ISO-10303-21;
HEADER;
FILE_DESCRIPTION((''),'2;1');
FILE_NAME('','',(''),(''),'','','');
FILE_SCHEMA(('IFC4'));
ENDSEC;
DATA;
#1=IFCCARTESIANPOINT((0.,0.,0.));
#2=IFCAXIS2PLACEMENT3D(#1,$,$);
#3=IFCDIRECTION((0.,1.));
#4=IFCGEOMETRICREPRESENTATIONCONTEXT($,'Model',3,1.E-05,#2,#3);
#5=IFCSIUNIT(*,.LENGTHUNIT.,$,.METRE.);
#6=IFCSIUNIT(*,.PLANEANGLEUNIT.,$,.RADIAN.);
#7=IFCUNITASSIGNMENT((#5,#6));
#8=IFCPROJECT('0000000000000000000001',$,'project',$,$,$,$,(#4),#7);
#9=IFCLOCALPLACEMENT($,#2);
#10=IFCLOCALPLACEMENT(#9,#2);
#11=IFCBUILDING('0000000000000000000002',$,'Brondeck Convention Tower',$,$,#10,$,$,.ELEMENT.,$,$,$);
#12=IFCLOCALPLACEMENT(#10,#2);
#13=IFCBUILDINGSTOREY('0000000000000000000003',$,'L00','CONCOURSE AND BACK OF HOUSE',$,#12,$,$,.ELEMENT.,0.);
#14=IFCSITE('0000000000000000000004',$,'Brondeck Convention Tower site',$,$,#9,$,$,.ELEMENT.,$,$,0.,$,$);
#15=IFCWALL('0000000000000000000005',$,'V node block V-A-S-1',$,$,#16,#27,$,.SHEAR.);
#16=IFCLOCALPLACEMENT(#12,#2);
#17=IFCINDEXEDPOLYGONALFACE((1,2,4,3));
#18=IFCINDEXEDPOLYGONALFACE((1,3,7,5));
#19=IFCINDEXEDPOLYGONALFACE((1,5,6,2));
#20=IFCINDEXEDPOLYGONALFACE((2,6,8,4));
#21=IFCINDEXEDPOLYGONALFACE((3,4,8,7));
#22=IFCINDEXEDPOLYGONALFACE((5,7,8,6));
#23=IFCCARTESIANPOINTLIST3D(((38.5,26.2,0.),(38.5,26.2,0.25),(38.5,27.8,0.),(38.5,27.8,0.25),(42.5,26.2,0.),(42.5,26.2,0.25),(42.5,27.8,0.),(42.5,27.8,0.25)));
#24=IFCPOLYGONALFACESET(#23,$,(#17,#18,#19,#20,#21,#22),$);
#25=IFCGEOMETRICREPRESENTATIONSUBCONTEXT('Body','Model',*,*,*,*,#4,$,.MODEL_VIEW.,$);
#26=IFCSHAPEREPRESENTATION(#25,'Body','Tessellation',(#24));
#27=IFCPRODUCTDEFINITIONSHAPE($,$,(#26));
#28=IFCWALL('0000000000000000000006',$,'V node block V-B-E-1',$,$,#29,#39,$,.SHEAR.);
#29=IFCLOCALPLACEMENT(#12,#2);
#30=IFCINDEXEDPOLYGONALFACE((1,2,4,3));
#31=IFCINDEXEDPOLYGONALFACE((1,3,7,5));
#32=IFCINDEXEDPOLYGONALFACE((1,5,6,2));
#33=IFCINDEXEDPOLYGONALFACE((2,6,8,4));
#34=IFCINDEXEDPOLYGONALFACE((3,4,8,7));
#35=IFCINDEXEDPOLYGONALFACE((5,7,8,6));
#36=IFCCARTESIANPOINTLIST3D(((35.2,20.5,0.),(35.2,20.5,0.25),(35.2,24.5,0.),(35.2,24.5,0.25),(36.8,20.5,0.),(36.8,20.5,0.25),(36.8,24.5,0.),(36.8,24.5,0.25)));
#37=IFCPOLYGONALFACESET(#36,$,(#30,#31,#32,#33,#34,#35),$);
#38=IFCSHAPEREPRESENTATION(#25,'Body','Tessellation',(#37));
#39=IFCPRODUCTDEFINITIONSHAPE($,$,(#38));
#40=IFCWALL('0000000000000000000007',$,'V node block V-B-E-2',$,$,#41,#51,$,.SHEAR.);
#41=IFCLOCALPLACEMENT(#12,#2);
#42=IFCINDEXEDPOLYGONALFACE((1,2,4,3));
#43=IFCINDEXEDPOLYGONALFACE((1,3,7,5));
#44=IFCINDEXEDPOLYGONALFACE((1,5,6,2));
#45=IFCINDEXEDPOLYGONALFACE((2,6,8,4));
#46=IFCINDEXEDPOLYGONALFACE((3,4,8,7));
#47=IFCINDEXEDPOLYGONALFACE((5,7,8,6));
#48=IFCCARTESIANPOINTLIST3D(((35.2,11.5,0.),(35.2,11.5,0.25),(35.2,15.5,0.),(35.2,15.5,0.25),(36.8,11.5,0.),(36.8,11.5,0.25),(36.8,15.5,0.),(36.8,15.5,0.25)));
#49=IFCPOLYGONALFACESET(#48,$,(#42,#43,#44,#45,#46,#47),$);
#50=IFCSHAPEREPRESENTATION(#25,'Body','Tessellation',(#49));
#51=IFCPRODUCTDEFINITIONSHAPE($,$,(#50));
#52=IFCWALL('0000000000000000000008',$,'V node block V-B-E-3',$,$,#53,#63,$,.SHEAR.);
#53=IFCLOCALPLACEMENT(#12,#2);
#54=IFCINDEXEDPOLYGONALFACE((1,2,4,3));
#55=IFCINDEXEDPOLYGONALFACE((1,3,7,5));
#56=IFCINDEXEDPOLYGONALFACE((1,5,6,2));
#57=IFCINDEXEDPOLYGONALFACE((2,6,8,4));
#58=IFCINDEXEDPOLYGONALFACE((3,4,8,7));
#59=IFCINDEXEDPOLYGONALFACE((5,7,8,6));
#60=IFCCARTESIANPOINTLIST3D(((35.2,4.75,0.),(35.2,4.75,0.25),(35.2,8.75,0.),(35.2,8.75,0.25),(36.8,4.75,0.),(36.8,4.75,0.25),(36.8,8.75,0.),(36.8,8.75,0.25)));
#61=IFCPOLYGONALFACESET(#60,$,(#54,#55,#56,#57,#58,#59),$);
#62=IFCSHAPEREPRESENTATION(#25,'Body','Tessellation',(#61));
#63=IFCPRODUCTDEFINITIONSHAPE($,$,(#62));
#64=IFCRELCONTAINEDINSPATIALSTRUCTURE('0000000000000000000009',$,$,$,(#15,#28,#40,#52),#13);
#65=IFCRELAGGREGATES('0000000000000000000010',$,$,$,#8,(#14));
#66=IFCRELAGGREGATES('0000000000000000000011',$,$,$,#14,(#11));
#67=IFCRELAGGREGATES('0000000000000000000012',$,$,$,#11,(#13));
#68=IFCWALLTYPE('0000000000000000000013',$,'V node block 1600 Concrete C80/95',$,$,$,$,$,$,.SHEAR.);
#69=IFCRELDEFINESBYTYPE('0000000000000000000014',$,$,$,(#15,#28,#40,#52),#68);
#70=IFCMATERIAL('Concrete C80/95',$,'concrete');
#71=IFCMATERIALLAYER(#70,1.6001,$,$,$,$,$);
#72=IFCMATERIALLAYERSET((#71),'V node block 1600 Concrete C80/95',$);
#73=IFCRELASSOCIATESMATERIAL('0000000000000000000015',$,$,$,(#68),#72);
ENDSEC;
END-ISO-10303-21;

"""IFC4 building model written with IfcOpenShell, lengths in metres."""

from ifc_helpers import new_model, si_unit, direction, frame, frame_2d, origin, place, context, subcontext, project, spatial, rectangle, extrude, material, layer, layer_set, type_object, element, save


model = new_model("IFC4")

# Units and contexts
model_context = context("Model", 3, precision=1e-05, world=origin(), true_north=direction((0.0, 1.0)))
body_context = subcontext(model_context, "Body", "Model", "MODEL_VIEW")
ifc_project = project(units=[si_unit("LENGTHUNIT", "METRE"), si_unit("PLANEANGLEUNIT", "RADIAN")], contexts=[model_context])

# Site, building, storey
site_placement = place(None, origin())
site = spatial("IfcSite", under=ifc_project, at=site_placement, Name="Brondeck Convention Tower site", CompositionType="ELEMENT", RefElevation=0.0)
building_placement = place(site_placement, origin())
building = spatial("IfcBuilding", under=site, at=building_placement, Name="Brondeck Convention Tower", CompositionType="ELEMENT")
storey_placement = place(building_placement, origin())
storey = spatial("IfcBuildingStorey", under=building, at=storey_placement, Name="L00", Description="CONCOURSE AND BACK OF HOUSE", CompositionType="ELEMENT", Elevation=0.0)

# Shared definitions
ifc_material_1 = material(Name="Concrete C80/95", Category="concrete")

# Walls
ifc_layer_1 = layer(ifc_material_1, 1.6001)
ifc_layer_set_1 = layer_set([ifc_layer_1], Name="V node block 1600 Concrete C80/95")
wall_type_1 = type_object("IfcWallType", Name="V node block 1600 Concrete C80/95", PredefinedType="SHEAR", material=ifc_layer_set_1)
for number, where, z_axis, x_axis, name in (
    (1, (38.5, 27.0, 0.0), (0.0, 0.0, 1.0), (1.0, 0.0, 0.0), "V node block V-A-S-1"),
    (2, (36.0, 20.5, 0.0), (0.0, 0.0, 1.0), (0.0, 1.0, 0.0), "V node block V-B-E-1"),
    (3, (36.0, 11.5, 0.0), (0.0, 0.0, 1.0), (0.0, 1.0, 0.0), "V node block V-B-E-2"),
    (4, (36.0, 4.75, 0.0), (0.0, 0.0, 1.0), (0.0, 1.0, 0.0), "V node block V-B-E-3"),
):
    element("IfcWall", number, at=place(storey_placement, frame(where, z_axis=z_axis, x_axis=x_axis)), inside=storey, type_object=wall_type_1, Name=name, PredefinedType="SHEAR", context=body_context, shape_type="SweptSolid", body=[
        extrude(rectangle(XDim=4.0, YDim=1.6001, at=frame_2d((2.0, 0.0))), origin(), (0.0, 0.0, 1.0), 0.25),
    ])

save(model, "model.ifc")
